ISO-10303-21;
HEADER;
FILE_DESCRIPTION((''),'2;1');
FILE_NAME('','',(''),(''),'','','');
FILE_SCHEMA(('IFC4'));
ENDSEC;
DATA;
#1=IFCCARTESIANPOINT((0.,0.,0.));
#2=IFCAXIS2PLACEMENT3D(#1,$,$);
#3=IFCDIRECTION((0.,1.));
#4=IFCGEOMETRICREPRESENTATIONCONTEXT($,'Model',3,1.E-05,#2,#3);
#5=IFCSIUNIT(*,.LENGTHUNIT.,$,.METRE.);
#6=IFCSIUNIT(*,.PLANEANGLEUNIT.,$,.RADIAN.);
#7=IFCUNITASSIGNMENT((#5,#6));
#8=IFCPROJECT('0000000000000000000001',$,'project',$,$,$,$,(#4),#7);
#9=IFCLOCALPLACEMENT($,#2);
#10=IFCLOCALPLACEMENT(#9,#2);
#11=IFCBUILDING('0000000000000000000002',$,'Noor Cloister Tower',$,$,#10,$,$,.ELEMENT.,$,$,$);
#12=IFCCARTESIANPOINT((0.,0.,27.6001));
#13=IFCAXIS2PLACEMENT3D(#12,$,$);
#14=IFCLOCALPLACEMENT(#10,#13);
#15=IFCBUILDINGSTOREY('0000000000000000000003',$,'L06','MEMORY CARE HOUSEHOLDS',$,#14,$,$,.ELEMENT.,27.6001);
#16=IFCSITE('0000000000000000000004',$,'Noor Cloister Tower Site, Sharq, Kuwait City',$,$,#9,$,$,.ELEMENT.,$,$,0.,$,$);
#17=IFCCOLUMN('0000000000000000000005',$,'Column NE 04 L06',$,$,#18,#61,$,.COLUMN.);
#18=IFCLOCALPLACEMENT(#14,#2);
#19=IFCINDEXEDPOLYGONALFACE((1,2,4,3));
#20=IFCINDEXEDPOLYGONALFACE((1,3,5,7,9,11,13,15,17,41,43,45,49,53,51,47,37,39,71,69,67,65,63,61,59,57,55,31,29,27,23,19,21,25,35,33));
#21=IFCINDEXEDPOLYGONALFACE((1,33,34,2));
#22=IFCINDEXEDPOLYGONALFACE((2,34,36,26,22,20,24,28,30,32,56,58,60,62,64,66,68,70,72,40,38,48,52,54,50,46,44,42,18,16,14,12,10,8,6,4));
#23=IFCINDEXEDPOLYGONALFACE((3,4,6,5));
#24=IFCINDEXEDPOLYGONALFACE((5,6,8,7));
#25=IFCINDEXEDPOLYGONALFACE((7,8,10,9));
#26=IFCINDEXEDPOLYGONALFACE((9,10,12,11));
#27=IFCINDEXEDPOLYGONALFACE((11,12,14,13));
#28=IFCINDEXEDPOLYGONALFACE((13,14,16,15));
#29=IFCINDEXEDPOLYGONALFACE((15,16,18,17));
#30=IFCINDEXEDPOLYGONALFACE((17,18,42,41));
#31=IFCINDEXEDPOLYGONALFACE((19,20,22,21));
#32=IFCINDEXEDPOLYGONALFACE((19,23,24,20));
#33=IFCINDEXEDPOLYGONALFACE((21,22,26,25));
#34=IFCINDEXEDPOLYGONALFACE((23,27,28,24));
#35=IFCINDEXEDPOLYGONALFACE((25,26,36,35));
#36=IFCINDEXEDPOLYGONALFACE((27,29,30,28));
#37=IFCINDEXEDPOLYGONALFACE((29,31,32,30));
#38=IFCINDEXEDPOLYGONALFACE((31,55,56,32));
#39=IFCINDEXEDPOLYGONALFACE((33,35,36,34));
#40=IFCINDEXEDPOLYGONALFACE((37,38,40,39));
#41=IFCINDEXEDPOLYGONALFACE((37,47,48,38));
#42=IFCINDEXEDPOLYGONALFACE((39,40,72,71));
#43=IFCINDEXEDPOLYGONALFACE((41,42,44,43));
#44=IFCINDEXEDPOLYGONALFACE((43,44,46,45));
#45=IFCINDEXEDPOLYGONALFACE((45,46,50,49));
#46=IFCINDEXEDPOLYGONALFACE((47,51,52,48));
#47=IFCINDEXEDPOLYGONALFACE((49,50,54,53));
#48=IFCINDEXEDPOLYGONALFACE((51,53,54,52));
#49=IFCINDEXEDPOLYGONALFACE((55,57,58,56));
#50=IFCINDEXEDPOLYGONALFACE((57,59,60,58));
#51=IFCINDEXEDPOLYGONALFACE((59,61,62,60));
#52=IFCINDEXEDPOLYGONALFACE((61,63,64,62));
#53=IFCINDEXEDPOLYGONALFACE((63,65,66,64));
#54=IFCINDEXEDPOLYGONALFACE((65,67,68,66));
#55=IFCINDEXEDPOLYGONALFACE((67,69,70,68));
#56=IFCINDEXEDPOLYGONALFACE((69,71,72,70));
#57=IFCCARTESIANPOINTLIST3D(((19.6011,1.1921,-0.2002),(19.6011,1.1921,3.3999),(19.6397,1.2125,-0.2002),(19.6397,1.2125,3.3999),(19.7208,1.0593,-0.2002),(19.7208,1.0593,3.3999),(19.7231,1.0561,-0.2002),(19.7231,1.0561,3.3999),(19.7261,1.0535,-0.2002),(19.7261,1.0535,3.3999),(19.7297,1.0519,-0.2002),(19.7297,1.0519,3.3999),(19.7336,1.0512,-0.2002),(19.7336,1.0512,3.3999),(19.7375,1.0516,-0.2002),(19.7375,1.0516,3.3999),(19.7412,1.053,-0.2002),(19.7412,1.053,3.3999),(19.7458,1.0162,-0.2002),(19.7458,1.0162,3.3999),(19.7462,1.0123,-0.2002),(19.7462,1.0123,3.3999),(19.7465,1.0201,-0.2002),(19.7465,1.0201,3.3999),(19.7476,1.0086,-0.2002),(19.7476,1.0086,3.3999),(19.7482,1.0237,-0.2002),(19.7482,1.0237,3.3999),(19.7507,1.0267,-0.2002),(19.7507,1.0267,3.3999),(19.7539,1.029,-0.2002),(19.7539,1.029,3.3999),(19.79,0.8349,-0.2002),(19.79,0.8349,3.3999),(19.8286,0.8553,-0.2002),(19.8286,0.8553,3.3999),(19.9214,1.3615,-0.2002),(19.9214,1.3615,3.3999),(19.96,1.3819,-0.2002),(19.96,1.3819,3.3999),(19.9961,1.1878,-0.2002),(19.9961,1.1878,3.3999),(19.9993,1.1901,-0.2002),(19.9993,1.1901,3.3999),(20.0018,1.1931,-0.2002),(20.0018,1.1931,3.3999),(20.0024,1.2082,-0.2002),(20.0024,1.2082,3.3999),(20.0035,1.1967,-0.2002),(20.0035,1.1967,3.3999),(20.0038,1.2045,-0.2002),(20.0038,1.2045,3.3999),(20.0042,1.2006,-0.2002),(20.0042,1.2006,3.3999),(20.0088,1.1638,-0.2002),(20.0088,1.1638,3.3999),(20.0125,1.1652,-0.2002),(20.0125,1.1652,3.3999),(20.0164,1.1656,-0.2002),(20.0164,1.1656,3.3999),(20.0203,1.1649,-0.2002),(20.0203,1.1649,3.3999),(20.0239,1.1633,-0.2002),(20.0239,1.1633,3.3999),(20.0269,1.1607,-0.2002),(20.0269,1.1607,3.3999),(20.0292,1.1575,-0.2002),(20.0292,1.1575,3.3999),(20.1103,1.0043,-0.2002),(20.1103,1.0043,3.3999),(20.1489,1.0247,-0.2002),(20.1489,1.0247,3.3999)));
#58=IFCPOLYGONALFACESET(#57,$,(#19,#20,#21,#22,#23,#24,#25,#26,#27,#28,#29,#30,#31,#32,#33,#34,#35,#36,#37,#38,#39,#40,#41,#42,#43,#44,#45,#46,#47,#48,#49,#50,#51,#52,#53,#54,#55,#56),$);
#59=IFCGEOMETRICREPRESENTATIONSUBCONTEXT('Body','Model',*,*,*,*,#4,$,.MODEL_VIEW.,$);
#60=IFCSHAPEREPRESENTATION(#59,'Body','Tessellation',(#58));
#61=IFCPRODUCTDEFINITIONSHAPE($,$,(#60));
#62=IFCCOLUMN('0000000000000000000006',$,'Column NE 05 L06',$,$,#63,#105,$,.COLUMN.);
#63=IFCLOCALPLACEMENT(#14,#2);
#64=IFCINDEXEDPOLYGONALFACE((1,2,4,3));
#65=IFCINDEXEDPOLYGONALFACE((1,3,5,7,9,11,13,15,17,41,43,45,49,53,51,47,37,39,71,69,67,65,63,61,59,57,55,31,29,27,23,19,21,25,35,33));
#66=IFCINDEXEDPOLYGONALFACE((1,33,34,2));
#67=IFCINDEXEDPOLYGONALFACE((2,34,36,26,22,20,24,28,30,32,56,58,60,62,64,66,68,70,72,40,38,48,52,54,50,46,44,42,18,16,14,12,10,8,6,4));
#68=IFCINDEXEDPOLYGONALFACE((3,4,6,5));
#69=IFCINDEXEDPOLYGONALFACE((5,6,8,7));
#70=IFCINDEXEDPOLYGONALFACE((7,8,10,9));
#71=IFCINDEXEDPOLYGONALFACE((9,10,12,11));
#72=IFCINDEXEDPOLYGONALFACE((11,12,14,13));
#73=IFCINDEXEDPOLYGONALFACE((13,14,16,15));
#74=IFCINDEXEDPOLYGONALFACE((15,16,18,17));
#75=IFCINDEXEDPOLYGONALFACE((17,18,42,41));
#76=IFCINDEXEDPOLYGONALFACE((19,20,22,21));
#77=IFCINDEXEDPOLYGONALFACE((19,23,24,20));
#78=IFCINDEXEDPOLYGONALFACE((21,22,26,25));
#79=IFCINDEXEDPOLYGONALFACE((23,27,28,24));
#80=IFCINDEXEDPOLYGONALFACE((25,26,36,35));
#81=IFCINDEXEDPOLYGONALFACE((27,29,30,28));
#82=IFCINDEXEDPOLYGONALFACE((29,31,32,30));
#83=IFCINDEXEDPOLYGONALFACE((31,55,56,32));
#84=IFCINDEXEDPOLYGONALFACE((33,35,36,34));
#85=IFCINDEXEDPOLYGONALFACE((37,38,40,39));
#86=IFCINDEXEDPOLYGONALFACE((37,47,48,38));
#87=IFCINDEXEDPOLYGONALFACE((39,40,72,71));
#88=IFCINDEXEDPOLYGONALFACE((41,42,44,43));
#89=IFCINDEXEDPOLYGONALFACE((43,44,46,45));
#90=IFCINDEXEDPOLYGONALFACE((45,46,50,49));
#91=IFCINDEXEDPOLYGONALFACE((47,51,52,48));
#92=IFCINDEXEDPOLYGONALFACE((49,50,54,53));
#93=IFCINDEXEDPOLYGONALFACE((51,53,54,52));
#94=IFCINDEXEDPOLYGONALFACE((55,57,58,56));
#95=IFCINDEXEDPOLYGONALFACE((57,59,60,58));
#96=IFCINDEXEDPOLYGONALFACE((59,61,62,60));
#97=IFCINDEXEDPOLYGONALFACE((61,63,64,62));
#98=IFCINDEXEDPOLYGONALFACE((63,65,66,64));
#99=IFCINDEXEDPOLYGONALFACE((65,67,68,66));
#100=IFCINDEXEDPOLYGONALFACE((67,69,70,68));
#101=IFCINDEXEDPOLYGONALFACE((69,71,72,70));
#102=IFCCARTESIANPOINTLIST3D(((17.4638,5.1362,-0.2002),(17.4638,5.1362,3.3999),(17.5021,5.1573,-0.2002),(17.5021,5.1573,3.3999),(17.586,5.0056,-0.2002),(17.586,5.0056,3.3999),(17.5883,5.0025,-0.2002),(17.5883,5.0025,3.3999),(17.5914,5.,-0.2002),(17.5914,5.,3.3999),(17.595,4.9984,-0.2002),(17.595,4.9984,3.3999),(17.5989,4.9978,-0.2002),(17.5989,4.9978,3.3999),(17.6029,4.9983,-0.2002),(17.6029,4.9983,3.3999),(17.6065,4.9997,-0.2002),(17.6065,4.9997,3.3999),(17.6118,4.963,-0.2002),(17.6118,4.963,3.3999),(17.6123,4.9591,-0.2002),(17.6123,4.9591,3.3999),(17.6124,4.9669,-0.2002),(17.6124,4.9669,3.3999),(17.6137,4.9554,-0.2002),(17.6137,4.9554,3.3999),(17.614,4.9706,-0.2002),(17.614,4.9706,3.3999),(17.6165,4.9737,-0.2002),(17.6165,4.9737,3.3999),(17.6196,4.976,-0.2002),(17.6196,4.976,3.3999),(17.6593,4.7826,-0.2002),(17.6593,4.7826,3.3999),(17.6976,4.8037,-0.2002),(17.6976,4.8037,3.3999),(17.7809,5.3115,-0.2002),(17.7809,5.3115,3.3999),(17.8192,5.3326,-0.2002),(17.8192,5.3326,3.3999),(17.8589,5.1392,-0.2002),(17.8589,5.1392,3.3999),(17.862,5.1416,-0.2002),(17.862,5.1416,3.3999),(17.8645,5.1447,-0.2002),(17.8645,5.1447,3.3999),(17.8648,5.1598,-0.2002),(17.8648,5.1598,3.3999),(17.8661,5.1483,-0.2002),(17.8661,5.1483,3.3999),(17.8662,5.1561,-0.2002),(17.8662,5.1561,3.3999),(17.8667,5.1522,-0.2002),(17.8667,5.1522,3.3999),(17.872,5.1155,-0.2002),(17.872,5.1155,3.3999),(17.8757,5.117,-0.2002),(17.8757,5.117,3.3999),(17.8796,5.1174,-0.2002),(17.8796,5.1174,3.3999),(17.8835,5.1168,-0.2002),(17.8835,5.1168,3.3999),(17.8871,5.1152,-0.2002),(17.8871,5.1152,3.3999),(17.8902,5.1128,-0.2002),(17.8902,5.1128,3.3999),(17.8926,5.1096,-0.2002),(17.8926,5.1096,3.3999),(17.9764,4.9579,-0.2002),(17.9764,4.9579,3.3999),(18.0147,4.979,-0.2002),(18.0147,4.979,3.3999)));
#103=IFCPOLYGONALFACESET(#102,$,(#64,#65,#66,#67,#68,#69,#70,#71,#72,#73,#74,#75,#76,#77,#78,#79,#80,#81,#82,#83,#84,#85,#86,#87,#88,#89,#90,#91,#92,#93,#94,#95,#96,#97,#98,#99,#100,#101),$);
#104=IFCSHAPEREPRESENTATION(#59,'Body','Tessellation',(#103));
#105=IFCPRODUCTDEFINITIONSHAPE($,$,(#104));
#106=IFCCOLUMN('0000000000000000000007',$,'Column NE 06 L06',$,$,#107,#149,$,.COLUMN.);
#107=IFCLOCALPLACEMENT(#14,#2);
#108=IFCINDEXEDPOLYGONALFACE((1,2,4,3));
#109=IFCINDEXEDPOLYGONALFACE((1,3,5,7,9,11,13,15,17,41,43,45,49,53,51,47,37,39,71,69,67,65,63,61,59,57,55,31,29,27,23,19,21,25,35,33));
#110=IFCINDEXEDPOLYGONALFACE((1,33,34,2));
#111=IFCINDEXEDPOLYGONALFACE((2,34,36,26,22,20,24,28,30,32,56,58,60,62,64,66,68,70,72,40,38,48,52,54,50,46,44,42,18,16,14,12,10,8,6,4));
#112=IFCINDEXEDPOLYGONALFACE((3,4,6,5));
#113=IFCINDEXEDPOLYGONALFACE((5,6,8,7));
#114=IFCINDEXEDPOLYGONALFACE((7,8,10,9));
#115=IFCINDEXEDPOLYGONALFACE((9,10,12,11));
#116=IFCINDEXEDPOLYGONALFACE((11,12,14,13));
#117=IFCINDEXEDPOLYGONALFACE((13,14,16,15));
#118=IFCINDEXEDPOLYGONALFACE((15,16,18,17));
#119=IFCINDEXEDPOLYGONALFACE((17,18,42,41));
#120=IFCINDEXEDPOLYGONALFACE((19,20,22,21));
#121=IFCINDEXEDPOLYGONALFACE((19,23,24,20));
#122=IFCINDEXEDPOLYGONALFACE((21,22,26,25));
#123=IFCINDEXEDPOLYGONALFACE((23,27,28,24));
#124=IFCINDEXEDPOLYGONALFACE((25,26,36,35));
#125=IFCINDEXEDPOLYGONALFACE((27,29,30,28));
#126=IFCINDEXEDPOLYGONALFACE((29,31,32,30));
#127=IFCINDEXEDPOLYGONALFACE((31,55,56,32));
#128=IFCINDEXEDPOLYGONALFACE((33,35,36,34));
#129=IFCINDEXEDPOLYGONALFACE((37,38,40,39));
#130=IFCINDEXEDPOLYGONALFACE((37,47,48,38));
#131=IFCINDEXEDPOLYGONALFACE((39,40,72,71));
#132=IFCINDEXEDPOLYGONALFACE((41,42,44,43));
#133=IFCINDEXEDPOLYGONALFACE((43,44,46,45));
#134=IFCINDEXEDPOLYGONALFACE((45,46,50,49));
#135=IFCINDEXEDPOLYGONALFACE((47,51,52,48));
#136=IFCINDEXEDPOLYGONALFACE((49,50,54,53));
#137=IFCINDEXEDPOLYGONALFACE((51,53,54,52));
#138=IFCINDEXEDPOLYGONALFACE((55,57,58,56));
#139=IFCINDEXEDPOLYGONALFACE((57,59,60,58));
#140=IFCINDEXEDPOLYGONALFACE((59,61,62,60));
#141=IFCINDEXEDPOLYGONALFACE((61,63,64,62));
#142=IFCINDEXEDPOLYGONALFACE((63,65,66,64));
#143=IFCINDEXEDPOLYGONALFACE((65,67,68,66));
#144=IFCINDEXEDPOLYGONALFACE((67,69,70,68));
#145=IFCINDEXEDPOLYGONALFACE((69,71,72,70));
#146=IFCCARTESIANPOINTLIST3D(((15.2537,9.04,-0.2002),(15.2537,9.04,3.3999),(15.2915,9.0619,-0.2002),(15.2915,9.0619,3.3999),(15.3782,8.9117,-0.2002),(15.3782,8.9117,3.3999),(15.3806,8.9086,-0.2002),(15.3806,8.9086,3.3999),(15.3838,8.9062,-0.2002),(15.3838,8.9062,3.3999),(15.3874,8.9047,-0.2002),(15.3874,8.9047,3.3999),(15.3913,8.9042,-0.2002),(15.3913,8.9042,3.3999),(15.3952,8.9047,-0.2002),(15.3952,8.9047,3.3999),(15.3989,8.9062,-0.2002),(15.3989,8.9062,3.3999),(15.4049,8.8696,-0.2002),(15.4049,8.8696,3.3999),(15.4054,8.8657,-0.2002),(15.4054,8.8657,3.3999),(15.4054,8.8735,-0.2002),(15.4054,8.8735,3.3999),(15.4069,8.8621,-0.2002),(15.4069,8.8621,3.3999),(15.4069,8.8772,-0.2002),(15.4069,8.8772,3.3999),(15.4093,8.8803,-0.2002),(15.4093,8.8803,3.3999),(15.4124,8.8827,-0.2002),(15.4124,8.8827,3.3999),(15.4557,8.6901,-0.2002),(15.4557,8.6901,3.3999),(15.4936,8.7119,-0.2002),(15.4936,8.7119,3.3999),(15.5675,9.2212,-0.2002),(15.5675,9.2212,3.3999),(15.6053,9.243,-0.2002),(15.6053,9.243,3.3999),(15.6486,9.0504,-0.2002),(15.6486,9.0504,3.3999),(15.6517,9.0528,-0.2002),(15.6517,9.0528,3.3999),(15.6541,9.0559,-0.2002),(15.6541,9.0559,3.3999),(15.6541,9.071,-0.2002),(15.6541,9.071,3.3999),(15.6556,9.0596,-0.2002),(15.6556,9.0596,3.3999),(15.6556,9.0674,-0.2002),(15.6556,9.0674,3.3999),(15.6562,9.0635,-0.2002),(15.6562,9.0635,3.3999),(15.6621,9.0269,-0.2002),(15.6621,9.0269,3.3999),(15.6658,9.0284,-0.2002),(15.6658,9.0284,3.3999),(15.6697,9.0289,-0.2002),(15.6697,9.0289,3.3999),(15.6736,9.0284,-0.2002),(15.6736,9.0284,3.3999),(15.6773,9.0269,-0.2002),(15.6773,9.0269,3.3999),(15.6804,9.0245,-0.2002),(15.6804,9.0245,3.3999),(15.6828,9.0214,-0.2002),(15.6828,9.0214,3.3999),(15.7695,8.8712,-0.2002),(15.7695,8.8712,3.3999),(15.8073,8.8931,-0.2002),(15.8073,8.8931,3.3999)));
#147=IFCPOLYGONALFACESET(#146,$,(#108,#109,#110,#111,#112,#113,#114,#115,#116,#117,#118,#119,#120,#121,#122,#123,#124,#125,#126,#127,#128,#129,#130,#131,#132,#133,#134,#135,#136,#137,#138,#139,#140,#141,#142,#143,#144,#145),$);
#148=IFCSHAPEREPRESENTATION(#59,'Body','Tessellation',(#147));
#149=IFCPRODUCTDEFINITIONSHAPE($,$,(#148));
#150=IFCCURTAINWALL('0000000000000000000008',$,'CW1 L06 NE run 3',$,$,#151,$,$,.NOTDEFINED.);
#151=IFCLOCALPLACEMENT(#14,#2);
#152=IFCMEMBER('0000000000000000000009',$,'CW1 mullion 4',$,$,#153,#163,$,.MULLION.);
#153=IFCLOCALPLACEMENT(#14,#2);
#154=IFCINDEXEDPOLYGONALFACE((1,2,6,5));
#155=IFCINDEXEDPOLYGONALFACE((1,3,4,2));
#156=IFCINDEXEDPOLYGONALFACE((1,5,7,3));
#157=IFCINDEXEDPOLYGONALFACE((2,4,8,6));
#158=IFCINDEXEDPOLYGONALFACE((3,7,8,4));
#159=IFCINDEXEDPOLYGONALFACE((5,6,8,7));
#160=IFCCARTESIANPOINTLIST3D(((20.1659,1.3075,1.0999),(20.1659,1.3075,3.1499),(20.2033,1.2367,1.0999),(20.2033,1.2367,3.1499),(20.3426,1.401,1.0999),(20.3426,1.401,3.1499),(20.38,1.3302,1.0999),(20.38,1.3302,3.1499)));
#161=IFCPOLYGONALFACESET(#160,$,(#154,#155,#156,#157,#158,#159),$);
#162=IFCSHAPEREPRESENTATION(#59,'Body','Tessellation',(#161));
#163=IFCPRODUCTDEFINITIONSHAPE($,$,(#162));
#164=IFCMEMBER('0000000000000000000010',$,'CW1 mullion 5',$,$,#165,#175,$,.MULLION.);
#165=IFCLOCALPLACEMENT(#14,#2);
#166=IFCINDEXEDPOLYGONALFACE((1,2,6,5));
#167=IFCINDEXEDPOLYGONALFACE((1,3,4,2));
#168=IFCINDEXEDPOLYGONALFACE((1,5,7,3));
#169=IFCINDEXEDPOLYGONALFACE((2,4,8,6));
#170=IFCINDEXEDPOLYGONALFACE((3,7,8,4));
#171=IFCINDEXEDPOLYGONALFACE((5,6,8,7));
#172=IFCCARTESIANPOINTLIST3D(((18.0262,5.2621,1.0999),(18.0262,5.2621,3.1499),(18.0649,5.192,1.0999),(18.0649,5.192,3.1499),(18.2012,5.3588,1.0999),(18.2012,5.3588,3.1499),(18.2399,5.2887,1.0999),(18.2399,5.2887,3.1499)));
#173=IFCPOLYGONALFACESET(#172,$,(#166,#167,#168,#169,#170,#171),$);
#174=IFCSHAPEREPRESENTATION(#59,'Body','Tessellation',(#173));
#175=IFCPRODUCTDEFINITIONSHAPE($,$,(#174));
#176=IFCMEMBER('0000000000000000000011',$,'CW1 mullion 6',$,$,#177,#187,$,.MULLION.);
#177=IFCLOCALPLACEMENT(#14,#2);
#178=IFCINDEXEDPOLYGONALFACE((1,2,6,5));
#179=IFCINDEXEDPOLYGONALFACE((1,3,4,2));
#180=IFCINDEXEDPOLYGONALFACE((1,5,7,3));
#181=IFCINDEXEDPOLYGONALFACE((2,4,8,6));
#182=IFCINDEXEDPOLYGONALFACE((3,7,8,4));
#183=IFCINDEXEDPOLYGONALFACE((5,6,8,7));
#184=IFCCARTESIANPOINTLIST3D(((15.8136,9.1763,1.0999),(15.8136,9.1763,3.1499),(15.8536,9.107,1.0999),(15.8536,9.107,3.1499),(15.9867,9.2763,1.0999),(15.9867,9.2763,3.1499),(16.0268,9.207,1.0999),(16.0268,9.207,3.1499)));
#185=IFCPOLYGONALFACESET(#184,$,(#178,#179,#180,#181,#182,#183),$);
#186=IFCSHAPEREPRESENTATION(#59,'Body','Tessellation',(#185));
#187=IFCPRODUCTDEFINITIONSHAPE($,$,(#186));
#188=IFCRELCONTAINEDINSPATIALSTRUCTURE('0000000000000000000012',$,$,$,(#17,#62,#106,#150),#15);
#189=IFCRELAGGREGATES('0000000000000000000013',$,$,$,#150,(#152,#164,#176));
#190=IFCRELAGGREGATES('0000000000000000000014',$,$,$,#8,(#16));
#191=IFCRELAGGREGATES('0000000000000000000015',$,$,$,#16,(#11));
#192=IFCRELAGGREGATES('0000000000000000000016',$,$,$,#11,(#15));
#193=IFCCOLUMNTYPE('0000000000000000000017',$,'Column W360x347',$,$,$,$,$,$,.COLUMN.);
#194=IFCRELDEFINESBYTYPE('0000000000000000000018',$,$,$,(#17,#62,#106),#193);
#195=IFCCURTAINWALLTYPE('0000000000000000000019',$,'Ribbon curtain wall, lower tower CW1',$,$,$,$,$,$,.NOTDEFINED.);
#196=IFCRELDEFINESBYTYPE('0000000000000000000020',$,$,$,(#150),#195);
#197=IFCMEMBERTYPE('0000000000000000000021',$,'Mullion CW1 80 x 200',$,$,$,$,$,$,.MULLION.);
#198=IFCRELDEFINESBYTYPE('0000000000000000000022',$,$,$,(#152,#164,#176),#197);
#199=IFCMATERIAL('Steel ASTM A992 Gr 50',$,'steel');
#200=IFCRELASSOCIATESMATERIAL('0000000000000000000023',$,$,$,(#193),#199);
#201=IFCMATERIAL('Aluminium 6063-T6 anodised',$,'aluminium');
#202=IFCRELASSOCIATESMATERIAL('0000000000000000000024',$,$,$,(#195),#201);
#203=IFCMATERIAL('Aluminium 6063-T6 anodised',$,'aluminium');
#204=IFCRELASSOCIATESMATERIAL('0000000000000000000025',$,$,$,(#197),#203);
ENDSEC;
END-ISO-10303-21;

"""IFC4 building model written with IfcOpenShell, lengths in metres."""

from ifc_helpers import new_model, si_unit, direction, frame, origin, origin_2d, place, context, subcontext, project, spatial, rectangle, i_section, extrude, material, material_profile, profile_set, type_object, element, aggregate, save


model = new_model("IFC4")

# Units and contexts
model_context = context("Model", 3, precision=1e-05, world=origin(), true_north=direction((0.0, 1.0)))
body_context = subcontext(model_context, "Body", "Model", "MODEL_VIEW")
ifc_project = project(units=[si_unit("LENGTHUNIT", "METRE"), si_unit("PLANEANGLEUNIT", "RADIAN")], contexts=[model_context])

# Site, building, storey
site_placement = place(None, origin())
site = spatial("IfcSite", under=ifc_project, at=site_placement, Name="Noor Cloister Tower Site, Sharq, Kuwait City", CompositionType="ELEMENT", RefElevation=0.0)
building_placement = place(site_placement, origin())
building = spatial("IfcBuilding", under=site, at=building_placement, Name="Noor Cloister Tower", CompositionType="ELEMENT")
storey_placement = place(building_placement, frame((0.0, 0.0, 27.6001)))
storey = spatial("IfcBuildingStorey", under=building, at=storey_placement, Name="L06", Description="MEMORY CARE HOUSEHOLDS", CompositionType="ELEMENT", Elevation=27.6001)

# Columns
ifc_material_1 = material(Name="Steel ASTM A992 Gr 50", Category="steel")
ifc_material_profile_1 = material_profile(ifc_material_1, i_section(OverallWidth=0.4041, OverallDepth=0.406, WebThickness=0.0271, FlangeThickness=0.0437, FilletRadius=0.0151, at=origin_2d()), Name="W360x347")
ifc_profile_set_1 = profile_set([ifc_material_profile_1], Name="Steel ASTM A992 Gr 50")
column_type = type_object("IfcColumnType", Name="Column W360x347", PredefinedType="COLUMN", material=ifc_profile_set_1)
for number, where, z_axis, x_axis, name in (
    (1, (19.875, 1.1084, -0.2002), (0.0, 0.0, 1.0), (-0.467527, 0.883979, 0.0), "Column NE 04 L06"),
    (2, (17.7393, 5.0576, -0.2002), (0.0, 0.0, 1.0), (-0.483847, 0.875153, 0.0), "Column NE 05 L06"),
    (3, (15.5305, 8.9666, -0.2002), (0.0, 0.0, 1.0), (-0.5, 0.866025, 0.0), "Column NE 06 L06"),
):
    element("IfcColumn", number, at=place(storey_placement, frame(where, z_axis=z_axis, x_axis=x_axis)), inside=storey, type_object=column_type, Name=name, PredefinedType="COLUMN", context=body_context, shape_type="SweptSolid", body=[
        extrude(i_section(OverallWidth=0.4041, OverallDepth=0.406, WebThickness=0.0271, FlangeThickness=0.0437, FilletRadius=0.0151, at=origin_2d()), origin(), (0.0, 0.0, 1.0), 3.6001),
    ])

# Curtain wall, members
ifc_material_2 = material(Name="Aluminium 6063-T6 anodised", Category="aluminium")
curtain_wall_type = type_object("IfcCurtainWallType", Name="Ribbon curtain wall, lower tower CW1", PredefinedType="NOTDEFINED", material=ifc_material_2)
curtain_wall_placement = place(storey_placement, origin())
curtain_wall = element("IfcCurtainWall", 4, at=curtain_wall_placement, inside=storey, type_object=curtain_wall_type, Name="CW1 L06 NE run 3", PredefinedType="NOTDEFINED")
ifc_material_3 = material(Name="Aluminium 6063-T6 anodised", Category="aluminium")
ifc_material_profile_2 = material_profile(ifc_material_3, rectangle(XDim=0.2, YDim=0.0801, at=origin_2d()), Name="200 x 80 mullion")
ifc_profile_set_2 = profile_set([ifc_material_profile_2], Name="Aluminium 6063-T6 anodised")
member_type = type_object("IfcMemberType", Name="Mullion CW1 80 x 200", PredefinedType="MULLION", material=ifc_profile_set_2)
member_1_placement = place(storey_placement, frame((20.2729, 1.3188, 1.0999), z_axis=(0.0, 0.0, 1.0), x_axis=(-0.883979, -0.467527, 0.0)))
member_1 = element("IfcMember", 5, at=member_1_placement, type_object=member_type, Name="CW1 mullion 4", PredefinedType="MULLION", context=body_context, shape_type="SweptSolid", body=[
    extrude(rectangle(XDim=0.2, YDim=0.0801, at=origin_2d()), origin(), (0.0, 0.0, 1.0), 2.05),
])
member_2_placement = place(storey_placement, frame((18.1331, 5.2754, 1.0999), z_axis=(0.0, 0.0, 1.0), x_axis=(-0.875153, -0.483847, 0.0)))
member_2 = element("IfcMember", 6, at=member_2_placement, type_object=member_type, Name="CW1 mullion 5", PredefinedType="MULLION", context=body_context, shape_type="SweptSolid", body=[
    extrude(rectangle(XDim=0.2, YDim=0.0801, at=origin_2d()), origin(), (0.0, 0.0, 1.0), 2.05),
])
member_3_placement = place(storey_placement, frame((15.9202, 9.1917, 1.0999), z_axis=(0.0, 0.0, 1.0), x_axis=(-0.866025, -0.5, 0.0)))
member_3 = element("IfcMember", 7, at=member_3_placement, type_object=member_type, Name="CW1 mullion 6", PredefinedType="MULLION", context=body_context, shape_type="SweptSolid", body=[
    extrude(rectangle(XDim=0.2, YDim=0.0801, at=origin_2d()), origin(), (0.0, 0.0, 1.0), 2.05),
])

aggregate(curtain_wall, [member_1, member_2, member_3])

save(model, "model.ifc")
